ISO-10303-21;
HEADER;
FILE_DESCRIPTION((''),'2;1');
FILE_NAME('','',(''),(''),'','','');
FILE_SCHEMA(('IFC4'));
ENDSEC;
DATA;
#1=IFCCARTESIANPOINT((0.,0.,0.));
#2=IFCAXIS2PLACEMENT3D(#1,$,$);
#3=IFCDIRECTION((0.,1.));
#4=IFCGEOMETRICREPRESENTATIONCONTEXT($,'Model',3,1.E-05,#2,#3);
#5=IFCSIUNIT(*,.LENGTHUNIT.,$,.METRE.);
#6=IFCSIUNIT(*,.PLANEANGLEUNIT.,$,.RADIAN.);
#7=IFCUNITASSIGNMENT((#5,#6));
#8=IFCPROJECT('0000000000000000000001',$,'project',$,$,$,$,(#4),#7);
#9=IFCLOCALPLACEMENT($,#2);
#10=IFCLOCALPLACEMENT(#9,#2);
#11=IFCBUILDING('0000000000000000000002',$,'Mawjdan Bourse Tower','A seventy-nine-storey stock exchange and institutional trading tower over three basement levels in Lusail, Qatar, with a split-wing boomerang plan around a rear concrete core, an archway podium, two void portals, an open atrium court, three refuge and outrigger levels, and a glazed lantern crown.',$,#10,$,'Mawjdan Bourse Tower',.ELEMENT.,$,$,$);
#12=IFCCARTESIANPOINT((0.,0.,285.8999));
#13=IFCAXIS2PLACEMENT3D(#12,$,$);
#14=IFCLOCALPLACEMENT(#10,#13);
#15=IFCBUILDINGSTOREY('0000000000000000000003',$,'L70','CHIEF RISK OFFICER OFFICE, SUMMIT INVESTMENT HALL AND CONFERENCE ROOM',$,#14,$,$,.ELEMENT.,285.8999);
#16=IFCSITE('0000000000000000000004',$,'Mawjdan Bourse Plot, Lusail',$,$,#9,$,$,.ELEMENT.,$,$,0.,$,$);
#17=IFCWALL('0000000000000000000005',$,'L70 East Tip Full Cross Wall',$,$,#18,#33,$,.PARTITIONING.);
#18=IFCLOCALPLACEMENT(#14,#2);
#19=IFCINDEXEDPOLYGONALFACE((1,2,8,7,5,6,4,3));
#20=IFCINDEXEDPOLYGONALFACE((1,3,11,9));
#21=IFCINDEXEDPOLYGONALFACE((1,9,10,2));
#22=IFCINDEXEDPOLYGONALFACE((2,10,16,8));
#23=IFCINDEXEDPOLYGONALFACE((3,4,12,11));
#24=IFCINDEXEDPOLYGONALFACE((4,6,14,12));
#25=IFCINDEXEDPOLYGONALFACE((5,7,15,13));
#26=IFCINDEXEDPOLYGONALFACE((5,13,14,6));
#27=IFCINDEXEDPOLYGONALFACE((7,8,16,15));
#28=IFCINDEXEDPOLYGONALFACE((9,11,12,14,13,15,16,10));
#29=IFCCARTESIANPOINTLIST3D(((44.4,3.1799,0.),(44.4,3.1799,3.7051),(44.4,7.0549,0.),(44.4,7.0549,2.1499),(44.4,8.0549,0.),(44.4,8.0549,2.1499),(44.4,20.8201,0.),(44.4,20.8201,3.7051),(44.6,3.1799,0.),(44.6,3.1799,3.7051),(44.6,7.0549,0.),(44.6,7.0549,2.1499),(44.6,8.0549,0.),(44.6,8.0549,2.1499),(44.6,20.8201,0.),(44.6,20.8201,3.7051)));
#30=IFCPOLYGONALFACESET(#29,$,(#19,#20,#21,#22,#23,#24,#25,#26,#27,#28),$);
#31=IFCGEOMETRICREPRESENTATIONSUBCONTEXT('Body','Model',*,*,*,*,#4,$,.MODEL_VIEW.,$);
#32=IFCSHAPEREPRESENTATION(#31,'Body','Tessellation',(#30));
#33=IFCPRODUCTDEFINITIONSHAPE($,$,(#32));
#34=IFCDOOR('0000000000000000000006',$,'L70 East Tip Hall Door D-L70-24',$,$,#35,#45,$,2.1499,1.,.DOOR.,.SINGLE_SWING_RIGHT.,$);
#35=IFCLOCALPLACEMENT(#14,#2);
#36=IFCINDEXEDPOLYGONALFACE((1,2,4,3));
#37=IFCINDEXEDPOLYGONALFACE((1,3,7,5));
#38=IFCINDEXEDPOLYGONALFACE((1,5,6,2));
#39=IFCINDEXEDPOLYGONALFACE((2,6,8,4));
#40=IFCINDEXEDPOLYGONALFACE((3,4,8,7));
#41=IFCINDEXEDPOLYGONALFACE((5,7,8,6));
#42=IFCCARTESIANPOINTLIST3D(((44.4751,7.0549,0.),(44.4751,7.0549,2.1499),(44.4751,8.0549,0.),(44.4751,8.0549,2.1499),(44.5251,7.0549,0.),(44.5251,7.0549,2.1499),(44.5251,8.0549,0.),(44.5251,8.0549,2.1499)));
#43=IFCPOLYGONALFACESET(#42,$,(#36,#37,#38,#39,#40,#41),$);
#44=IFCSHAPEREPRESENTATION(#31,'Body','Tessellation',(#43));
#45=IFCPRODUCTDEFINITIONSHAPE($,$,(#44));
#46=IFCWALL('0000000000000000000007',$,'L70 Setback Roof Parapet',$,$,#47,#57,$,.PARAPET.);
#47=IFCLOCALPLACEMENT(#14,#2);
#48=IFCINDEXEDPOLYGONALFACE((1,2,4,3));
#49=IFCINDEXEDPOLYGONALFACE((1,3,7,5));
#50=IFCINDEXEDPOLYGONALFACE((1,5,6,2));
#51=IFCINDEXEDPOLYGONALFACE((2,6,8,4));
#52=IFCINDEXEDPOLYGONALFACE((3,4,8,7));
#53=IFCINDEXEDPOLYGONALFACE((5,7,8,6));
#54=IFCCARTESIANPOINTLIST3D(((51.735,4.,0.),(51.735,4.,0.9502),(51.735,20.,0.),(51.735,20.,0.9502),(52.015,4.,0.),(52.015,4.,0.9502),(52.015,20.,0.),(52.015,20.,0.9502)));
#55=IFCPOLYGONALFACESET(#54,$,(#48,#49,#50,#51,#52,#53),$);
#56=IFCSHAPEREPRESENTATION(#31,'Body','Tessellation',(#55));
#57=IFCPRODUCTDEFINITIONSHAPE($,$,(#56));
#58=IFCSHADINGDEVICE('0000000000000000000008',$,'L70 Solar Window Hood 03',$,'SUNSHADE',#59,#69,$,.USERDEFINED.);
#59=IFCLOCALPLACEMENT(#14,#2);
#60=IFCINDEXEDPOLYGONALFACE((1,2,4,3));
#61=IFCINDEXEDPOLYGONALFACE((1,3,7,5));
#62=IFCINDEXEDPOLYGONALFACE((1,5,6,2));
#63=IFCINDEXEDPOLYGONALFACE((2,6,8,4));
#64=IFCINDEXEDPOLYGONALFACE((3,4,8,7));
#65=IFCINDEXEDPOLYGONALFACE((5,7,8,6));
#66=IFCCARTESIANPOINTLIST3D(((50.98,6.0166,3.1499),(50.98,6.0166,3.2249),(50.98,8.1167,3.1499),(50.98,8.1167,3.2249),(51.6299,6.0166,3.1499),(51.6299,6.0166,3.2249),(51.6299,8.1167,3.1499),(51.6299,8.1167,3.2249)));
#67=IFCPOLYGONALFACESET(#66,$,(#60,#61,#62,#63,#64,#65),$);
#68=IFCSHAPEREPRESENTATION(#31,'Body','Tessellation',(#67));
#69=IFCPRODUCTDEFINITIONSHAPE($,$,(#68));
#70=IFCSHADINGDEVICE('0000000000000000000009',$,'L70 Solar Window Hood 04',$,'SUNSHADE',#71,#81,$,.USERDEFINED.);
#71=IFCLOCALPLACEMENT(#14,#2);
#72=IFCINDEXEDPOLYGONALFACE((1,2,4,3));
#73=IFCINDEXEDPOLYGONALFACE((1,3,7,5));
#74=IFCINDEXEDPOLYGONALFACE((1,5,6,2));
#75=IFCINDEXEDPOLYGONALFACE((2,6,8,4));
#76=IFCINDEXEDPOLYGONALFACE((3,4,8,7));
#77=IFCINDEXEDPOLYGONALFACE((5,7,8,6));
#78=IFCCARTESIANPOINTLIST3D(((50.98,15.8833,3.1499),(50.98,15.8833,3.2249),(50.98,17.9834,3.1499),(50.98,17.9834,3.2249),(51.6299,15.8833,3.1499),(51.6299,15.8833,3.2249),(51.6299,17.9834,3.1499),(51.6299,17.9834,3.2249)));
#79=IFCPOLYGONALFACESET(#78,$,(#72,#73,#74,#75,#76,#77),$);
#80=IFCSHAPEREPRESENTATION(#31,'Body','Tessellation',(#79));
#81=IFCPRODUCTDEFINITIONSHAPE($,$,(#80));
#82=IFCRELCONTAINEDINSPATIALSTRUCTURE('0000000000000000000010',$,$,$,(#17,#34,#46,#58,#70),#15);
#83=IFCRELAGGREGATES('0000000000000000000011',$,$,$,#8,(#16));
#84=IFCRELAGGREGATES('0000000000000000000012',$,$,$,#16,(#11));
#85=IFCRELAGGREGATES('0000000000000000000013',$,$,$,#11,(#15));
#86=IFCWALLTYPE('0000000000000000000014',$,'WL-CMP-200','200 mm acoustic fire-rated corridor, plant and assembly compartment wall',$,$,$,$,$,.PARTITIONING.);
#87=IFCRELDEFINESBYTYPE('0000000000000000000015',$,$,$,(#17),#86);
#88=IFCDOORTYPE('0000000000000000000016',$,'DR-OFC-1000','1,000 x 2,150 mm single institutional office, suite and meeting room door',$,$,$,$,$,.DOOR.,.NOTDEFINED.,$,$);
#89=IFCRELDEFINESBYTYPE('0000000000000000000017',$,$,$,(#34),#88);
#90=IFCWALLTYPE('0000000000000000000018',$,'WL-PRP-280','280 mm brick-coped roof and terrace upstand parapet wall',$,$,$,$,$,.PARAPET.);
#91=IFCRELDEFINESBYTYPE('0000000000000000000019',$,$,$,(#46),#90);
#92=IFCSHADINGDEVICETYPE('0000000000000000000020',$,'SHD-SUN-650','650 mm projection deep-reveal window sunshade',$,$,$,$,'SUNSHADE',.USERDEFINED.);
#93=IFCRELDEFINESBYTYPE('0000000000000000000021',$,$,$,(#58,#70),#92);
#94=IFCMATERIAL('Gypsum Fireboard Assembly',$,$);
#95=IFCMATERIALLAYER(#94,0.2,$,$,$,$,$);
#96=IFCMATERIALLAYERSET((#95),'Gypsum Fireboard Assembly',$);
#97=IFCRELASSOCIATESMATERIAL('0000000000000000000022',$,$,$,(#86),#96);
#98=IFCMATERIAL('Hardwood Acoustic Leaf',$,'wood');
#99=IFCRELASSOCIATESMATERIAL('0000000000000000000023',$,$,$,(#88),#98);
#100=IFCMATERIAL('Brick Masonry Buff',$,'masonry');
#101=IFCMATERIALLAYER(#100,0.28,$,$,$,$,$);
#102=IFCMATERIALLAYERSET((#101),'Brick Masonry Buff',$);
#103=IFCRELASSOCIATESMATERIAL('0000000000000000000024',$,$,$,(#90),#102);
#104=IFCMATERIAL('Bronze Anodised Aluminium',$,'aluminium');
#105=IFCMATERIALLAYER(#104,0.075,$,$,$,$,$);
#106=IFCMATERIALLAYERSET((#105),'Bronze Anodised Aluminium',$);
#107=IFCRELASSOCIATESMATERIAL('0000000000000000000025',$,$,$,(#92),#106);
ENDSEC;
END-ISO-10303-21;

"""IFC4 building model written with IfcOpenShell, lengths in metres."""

from ifc_helpers import new_model, si_unit, direction, frame, frame_2d, origin, origin_2d, place, context, subcontext, project, spatial, rectangle, extrude, material, layer, layer_set, type_object, element, fill, save


model = new_model("IFC4")

# Units and contexts
model_context = context("Model", 3, precision=1e-05, world=origin(), true_north=direction((0.0, 1.0)))
body_context = subcontext(model_context, "Body", "Model", "MODEL_VIEW")
ifc_project = project(units=[si_unit("LENGTHUNIT", "METRE"), si_unit("PLANEANGLEUNIT", "RADIAN")], contexts=[model_context])

# Site, building, storey
site_placement = place(None, origin())
site = spatial("IfcSite", under=ifc_project, at=site_placement, Name="Mawjdan Bourse Plot, Lusail", CompositionType="ELEMENT", RefElevation=0.0)
building_placement = place(site_placement, origin())
building = spatial("IfcBuilding", under=site, at=building_placement, Name="Mawjdan Bourse Tower", Description="A seventy-nine-storey stock exchange and institutional trading tower over three basement levels in Lusail, Qatar, with a split-wing boomerang plan around a rear concrete core, an archway podium, two void portals, an open atrium court, three refuge and outrigger levels, and a glazed lantern crown.", LongName="Mawjdan Bourse Tower", CompositionType="ELEMENT")
storey_placement = place(building_placement, frame((0.0, 0.0, 285.8999)))
storey = spatial("IfcBuildingStorey", under=building, at=storey_placement, Name="L70", Description="CHIEF RISK OFFICER OFFICE, SUMMIT INVESTMENT HALL AND CONFERENCE ROOM", CompositionType="ELEMENT", Elevation=285.8999)

# Wall, opening, door
ifc_material_1 = material(Name="Gypsum Fireboard Assembly")
ifc_layer_1 = layer(ifc_material_1, 0.2)
ifc_layer_set_1 = layer_set([ifc_layer_1], Name="Gypsum Fireboard Assembly")
wall_type_1 = type_object("IfcWallType", Name="WL-CMP-200", Description="200 mm acoustic fire-rated corridor, plant and assembly compartment wall", PredefinedType="PARTITIONING", material=ifc_layer_set_1)
wall_1_placement = place(storey_placement, frame((44.5, 3.1799, 0.0), z_axis=(0.0, 0.0, 1.0), x_axis=(0.0, 1.0, 0.0)))
wall_1 = element("IfcWall", 1, at=wall_1_placement, inside=storey, type_object=wall_type_1, Name="L70 East Tip Full Cross Wall", PredefinedType="PARTITIONING", context=body_context, shape_type="SweptSolid", body=[
    extrude(rectangle(XDim=17.6401, YDim=0.2, at=frame_2d((8.8201, 0.0))), origin(), (0.0, 0.0, 1.0), 3.7051),
])
opening_1_placement = place(wall_1_placement, frame((3.875, 0.0, 0.0)))
opening_1 = element("IfcOpeningElement", 2, at=opening_1_placement, cuts=wall_1, PredefinedType="OPENING", context=body_context, shape_type="SweptSolid", body=[
    extrude(rectangle(XDim=1.0, YDim=2.1499, at=frame_2d((0.5, 1.075))), frame((0.0, 0.1099, 0.0), z_axis=(0.0, -1.0, 0.0), x_axis=(1.0, 0.0, 0.0)), (0.0, 0.0, 1.0), 0.22),
])
ifc_material_2 = material(Name="Hardwood Acoustic Leaf", Category="wood")
door_type = type_object("IfcDoorType", Name="DR-OFC-1000", Description="1,000 x 2,150 mm single institutional office, suite and meeting room door", OperationType="NOTDEFINED", PredefinedType="DOOR", material=ifc_material_2)
door_placement = place(opening_1_placement, origin())
door = element("IfcDoor", 3, at=door_placement, inside=storey, type_object=door_type, Name="L70 East Tip Hall Door D-L70-24", OperationType="SINGLE_SWING_RIGHT", OverallHeight=2.1499, OverallWidth=1.0, PredefinedType="DOOR", context=body_context, shape_type="SweptSolid", body=[
    extrude(rectangle(XDim=1.0, YDim=2.1499, at=frame_2d((0.5, 1.075))), frame((0.0, 0.0249, 0.0), z_axis=(0.0, -1.0, 0.0), x_axis=(1.0, 0.0, 0.0)), (0.0, 0.0, 1.0), 0.05),
])
fill(opening_1, door)

# Wall
ifc_material_3 = material(Name="Brick Masonry Buff", Category="masonry")
ifc_layer_2 = layer(ifc_material_3, 0.28)
ifc_layer_set_2 = layer_set([ifc_layer_2], Name="Brick Masonry Buff")
wall_type_2 = type_object("IfcWallType", Name="WL-PRP-280", Description="280 mm brick-coped roof and terrace upstand parapet wall", PredefinedType="PARAPET", material=ifc_layer_set_2)
wall_2_placement = place(storey_placement, frame((51.875, 4.0, 0.0), z_axis=(0.0, 0.0, 1.0), x_axis=(0.0, 1.0, 0.0)))
element("IfcWall", 4, at=wall_2_placement, inside=storey, type_object=wall_type_2, Name="L70 Setback Roof Parapet", PredefinedType="PARAPET", context=body_context, shape_type="SweptSolid", body=[
    extrude(rectangle(XDim=16.0, YDim=0.28, at=frame_2d((8.0, 0.0))), origin(), (0.0, 0.0, 1.0), 0.9502),
])

# Shading devices
ifc_material_4 = material(Name="Bronze Anodised Aluminium", Category="aluminium")
ifc_layer_3 = layer(ifc_material_4, 0.075)
ifc_layer_set_3 = layer_set([ifc_layer_3], Name="Bronze Anodised Aluminium")
shading_device_type = type_object("IfcShadingDeviceType", Name="SHD-SUN-650", Description="650 mm projection deep-reveal window sunshade", ElementType="SUNSHADE", PredefinedType="USERDEFINED", material=ifc_layer_set_3)
for number, where, z_axis, x_axis, name in (
    (5, (51.3049, 7.0667, 3.1499), (0.0, 0.0, 1.0), (0.0, 1.0, 0.0), "L70 Solar Window Hood 03"),
    (6, (51.3049, 16.9333, 3.1499), (0.0, 0.0, 1.0), (0.0, 1.0, 0.0), "L70 Solar Window Hood 04"),
):
    element("IfcShadingDevice", number, at=place(storey_placement, frame(where, z_axis=z_axis, x_axis=x_axis)), inside=storey, type_object=shading_device_type, Name=name, ObjectType="SUNSHADE", PredefinedType="USERDEFINED", context=body_context, shape_type="SweptSolid", body=[
        extrude(rectangle(XDim=2.1001, YDim=0.6499, at=origin_2d()), origin(), (0.0, 0.0, 1.0), 0.075),
    ])

save(model, "model.ifc")
